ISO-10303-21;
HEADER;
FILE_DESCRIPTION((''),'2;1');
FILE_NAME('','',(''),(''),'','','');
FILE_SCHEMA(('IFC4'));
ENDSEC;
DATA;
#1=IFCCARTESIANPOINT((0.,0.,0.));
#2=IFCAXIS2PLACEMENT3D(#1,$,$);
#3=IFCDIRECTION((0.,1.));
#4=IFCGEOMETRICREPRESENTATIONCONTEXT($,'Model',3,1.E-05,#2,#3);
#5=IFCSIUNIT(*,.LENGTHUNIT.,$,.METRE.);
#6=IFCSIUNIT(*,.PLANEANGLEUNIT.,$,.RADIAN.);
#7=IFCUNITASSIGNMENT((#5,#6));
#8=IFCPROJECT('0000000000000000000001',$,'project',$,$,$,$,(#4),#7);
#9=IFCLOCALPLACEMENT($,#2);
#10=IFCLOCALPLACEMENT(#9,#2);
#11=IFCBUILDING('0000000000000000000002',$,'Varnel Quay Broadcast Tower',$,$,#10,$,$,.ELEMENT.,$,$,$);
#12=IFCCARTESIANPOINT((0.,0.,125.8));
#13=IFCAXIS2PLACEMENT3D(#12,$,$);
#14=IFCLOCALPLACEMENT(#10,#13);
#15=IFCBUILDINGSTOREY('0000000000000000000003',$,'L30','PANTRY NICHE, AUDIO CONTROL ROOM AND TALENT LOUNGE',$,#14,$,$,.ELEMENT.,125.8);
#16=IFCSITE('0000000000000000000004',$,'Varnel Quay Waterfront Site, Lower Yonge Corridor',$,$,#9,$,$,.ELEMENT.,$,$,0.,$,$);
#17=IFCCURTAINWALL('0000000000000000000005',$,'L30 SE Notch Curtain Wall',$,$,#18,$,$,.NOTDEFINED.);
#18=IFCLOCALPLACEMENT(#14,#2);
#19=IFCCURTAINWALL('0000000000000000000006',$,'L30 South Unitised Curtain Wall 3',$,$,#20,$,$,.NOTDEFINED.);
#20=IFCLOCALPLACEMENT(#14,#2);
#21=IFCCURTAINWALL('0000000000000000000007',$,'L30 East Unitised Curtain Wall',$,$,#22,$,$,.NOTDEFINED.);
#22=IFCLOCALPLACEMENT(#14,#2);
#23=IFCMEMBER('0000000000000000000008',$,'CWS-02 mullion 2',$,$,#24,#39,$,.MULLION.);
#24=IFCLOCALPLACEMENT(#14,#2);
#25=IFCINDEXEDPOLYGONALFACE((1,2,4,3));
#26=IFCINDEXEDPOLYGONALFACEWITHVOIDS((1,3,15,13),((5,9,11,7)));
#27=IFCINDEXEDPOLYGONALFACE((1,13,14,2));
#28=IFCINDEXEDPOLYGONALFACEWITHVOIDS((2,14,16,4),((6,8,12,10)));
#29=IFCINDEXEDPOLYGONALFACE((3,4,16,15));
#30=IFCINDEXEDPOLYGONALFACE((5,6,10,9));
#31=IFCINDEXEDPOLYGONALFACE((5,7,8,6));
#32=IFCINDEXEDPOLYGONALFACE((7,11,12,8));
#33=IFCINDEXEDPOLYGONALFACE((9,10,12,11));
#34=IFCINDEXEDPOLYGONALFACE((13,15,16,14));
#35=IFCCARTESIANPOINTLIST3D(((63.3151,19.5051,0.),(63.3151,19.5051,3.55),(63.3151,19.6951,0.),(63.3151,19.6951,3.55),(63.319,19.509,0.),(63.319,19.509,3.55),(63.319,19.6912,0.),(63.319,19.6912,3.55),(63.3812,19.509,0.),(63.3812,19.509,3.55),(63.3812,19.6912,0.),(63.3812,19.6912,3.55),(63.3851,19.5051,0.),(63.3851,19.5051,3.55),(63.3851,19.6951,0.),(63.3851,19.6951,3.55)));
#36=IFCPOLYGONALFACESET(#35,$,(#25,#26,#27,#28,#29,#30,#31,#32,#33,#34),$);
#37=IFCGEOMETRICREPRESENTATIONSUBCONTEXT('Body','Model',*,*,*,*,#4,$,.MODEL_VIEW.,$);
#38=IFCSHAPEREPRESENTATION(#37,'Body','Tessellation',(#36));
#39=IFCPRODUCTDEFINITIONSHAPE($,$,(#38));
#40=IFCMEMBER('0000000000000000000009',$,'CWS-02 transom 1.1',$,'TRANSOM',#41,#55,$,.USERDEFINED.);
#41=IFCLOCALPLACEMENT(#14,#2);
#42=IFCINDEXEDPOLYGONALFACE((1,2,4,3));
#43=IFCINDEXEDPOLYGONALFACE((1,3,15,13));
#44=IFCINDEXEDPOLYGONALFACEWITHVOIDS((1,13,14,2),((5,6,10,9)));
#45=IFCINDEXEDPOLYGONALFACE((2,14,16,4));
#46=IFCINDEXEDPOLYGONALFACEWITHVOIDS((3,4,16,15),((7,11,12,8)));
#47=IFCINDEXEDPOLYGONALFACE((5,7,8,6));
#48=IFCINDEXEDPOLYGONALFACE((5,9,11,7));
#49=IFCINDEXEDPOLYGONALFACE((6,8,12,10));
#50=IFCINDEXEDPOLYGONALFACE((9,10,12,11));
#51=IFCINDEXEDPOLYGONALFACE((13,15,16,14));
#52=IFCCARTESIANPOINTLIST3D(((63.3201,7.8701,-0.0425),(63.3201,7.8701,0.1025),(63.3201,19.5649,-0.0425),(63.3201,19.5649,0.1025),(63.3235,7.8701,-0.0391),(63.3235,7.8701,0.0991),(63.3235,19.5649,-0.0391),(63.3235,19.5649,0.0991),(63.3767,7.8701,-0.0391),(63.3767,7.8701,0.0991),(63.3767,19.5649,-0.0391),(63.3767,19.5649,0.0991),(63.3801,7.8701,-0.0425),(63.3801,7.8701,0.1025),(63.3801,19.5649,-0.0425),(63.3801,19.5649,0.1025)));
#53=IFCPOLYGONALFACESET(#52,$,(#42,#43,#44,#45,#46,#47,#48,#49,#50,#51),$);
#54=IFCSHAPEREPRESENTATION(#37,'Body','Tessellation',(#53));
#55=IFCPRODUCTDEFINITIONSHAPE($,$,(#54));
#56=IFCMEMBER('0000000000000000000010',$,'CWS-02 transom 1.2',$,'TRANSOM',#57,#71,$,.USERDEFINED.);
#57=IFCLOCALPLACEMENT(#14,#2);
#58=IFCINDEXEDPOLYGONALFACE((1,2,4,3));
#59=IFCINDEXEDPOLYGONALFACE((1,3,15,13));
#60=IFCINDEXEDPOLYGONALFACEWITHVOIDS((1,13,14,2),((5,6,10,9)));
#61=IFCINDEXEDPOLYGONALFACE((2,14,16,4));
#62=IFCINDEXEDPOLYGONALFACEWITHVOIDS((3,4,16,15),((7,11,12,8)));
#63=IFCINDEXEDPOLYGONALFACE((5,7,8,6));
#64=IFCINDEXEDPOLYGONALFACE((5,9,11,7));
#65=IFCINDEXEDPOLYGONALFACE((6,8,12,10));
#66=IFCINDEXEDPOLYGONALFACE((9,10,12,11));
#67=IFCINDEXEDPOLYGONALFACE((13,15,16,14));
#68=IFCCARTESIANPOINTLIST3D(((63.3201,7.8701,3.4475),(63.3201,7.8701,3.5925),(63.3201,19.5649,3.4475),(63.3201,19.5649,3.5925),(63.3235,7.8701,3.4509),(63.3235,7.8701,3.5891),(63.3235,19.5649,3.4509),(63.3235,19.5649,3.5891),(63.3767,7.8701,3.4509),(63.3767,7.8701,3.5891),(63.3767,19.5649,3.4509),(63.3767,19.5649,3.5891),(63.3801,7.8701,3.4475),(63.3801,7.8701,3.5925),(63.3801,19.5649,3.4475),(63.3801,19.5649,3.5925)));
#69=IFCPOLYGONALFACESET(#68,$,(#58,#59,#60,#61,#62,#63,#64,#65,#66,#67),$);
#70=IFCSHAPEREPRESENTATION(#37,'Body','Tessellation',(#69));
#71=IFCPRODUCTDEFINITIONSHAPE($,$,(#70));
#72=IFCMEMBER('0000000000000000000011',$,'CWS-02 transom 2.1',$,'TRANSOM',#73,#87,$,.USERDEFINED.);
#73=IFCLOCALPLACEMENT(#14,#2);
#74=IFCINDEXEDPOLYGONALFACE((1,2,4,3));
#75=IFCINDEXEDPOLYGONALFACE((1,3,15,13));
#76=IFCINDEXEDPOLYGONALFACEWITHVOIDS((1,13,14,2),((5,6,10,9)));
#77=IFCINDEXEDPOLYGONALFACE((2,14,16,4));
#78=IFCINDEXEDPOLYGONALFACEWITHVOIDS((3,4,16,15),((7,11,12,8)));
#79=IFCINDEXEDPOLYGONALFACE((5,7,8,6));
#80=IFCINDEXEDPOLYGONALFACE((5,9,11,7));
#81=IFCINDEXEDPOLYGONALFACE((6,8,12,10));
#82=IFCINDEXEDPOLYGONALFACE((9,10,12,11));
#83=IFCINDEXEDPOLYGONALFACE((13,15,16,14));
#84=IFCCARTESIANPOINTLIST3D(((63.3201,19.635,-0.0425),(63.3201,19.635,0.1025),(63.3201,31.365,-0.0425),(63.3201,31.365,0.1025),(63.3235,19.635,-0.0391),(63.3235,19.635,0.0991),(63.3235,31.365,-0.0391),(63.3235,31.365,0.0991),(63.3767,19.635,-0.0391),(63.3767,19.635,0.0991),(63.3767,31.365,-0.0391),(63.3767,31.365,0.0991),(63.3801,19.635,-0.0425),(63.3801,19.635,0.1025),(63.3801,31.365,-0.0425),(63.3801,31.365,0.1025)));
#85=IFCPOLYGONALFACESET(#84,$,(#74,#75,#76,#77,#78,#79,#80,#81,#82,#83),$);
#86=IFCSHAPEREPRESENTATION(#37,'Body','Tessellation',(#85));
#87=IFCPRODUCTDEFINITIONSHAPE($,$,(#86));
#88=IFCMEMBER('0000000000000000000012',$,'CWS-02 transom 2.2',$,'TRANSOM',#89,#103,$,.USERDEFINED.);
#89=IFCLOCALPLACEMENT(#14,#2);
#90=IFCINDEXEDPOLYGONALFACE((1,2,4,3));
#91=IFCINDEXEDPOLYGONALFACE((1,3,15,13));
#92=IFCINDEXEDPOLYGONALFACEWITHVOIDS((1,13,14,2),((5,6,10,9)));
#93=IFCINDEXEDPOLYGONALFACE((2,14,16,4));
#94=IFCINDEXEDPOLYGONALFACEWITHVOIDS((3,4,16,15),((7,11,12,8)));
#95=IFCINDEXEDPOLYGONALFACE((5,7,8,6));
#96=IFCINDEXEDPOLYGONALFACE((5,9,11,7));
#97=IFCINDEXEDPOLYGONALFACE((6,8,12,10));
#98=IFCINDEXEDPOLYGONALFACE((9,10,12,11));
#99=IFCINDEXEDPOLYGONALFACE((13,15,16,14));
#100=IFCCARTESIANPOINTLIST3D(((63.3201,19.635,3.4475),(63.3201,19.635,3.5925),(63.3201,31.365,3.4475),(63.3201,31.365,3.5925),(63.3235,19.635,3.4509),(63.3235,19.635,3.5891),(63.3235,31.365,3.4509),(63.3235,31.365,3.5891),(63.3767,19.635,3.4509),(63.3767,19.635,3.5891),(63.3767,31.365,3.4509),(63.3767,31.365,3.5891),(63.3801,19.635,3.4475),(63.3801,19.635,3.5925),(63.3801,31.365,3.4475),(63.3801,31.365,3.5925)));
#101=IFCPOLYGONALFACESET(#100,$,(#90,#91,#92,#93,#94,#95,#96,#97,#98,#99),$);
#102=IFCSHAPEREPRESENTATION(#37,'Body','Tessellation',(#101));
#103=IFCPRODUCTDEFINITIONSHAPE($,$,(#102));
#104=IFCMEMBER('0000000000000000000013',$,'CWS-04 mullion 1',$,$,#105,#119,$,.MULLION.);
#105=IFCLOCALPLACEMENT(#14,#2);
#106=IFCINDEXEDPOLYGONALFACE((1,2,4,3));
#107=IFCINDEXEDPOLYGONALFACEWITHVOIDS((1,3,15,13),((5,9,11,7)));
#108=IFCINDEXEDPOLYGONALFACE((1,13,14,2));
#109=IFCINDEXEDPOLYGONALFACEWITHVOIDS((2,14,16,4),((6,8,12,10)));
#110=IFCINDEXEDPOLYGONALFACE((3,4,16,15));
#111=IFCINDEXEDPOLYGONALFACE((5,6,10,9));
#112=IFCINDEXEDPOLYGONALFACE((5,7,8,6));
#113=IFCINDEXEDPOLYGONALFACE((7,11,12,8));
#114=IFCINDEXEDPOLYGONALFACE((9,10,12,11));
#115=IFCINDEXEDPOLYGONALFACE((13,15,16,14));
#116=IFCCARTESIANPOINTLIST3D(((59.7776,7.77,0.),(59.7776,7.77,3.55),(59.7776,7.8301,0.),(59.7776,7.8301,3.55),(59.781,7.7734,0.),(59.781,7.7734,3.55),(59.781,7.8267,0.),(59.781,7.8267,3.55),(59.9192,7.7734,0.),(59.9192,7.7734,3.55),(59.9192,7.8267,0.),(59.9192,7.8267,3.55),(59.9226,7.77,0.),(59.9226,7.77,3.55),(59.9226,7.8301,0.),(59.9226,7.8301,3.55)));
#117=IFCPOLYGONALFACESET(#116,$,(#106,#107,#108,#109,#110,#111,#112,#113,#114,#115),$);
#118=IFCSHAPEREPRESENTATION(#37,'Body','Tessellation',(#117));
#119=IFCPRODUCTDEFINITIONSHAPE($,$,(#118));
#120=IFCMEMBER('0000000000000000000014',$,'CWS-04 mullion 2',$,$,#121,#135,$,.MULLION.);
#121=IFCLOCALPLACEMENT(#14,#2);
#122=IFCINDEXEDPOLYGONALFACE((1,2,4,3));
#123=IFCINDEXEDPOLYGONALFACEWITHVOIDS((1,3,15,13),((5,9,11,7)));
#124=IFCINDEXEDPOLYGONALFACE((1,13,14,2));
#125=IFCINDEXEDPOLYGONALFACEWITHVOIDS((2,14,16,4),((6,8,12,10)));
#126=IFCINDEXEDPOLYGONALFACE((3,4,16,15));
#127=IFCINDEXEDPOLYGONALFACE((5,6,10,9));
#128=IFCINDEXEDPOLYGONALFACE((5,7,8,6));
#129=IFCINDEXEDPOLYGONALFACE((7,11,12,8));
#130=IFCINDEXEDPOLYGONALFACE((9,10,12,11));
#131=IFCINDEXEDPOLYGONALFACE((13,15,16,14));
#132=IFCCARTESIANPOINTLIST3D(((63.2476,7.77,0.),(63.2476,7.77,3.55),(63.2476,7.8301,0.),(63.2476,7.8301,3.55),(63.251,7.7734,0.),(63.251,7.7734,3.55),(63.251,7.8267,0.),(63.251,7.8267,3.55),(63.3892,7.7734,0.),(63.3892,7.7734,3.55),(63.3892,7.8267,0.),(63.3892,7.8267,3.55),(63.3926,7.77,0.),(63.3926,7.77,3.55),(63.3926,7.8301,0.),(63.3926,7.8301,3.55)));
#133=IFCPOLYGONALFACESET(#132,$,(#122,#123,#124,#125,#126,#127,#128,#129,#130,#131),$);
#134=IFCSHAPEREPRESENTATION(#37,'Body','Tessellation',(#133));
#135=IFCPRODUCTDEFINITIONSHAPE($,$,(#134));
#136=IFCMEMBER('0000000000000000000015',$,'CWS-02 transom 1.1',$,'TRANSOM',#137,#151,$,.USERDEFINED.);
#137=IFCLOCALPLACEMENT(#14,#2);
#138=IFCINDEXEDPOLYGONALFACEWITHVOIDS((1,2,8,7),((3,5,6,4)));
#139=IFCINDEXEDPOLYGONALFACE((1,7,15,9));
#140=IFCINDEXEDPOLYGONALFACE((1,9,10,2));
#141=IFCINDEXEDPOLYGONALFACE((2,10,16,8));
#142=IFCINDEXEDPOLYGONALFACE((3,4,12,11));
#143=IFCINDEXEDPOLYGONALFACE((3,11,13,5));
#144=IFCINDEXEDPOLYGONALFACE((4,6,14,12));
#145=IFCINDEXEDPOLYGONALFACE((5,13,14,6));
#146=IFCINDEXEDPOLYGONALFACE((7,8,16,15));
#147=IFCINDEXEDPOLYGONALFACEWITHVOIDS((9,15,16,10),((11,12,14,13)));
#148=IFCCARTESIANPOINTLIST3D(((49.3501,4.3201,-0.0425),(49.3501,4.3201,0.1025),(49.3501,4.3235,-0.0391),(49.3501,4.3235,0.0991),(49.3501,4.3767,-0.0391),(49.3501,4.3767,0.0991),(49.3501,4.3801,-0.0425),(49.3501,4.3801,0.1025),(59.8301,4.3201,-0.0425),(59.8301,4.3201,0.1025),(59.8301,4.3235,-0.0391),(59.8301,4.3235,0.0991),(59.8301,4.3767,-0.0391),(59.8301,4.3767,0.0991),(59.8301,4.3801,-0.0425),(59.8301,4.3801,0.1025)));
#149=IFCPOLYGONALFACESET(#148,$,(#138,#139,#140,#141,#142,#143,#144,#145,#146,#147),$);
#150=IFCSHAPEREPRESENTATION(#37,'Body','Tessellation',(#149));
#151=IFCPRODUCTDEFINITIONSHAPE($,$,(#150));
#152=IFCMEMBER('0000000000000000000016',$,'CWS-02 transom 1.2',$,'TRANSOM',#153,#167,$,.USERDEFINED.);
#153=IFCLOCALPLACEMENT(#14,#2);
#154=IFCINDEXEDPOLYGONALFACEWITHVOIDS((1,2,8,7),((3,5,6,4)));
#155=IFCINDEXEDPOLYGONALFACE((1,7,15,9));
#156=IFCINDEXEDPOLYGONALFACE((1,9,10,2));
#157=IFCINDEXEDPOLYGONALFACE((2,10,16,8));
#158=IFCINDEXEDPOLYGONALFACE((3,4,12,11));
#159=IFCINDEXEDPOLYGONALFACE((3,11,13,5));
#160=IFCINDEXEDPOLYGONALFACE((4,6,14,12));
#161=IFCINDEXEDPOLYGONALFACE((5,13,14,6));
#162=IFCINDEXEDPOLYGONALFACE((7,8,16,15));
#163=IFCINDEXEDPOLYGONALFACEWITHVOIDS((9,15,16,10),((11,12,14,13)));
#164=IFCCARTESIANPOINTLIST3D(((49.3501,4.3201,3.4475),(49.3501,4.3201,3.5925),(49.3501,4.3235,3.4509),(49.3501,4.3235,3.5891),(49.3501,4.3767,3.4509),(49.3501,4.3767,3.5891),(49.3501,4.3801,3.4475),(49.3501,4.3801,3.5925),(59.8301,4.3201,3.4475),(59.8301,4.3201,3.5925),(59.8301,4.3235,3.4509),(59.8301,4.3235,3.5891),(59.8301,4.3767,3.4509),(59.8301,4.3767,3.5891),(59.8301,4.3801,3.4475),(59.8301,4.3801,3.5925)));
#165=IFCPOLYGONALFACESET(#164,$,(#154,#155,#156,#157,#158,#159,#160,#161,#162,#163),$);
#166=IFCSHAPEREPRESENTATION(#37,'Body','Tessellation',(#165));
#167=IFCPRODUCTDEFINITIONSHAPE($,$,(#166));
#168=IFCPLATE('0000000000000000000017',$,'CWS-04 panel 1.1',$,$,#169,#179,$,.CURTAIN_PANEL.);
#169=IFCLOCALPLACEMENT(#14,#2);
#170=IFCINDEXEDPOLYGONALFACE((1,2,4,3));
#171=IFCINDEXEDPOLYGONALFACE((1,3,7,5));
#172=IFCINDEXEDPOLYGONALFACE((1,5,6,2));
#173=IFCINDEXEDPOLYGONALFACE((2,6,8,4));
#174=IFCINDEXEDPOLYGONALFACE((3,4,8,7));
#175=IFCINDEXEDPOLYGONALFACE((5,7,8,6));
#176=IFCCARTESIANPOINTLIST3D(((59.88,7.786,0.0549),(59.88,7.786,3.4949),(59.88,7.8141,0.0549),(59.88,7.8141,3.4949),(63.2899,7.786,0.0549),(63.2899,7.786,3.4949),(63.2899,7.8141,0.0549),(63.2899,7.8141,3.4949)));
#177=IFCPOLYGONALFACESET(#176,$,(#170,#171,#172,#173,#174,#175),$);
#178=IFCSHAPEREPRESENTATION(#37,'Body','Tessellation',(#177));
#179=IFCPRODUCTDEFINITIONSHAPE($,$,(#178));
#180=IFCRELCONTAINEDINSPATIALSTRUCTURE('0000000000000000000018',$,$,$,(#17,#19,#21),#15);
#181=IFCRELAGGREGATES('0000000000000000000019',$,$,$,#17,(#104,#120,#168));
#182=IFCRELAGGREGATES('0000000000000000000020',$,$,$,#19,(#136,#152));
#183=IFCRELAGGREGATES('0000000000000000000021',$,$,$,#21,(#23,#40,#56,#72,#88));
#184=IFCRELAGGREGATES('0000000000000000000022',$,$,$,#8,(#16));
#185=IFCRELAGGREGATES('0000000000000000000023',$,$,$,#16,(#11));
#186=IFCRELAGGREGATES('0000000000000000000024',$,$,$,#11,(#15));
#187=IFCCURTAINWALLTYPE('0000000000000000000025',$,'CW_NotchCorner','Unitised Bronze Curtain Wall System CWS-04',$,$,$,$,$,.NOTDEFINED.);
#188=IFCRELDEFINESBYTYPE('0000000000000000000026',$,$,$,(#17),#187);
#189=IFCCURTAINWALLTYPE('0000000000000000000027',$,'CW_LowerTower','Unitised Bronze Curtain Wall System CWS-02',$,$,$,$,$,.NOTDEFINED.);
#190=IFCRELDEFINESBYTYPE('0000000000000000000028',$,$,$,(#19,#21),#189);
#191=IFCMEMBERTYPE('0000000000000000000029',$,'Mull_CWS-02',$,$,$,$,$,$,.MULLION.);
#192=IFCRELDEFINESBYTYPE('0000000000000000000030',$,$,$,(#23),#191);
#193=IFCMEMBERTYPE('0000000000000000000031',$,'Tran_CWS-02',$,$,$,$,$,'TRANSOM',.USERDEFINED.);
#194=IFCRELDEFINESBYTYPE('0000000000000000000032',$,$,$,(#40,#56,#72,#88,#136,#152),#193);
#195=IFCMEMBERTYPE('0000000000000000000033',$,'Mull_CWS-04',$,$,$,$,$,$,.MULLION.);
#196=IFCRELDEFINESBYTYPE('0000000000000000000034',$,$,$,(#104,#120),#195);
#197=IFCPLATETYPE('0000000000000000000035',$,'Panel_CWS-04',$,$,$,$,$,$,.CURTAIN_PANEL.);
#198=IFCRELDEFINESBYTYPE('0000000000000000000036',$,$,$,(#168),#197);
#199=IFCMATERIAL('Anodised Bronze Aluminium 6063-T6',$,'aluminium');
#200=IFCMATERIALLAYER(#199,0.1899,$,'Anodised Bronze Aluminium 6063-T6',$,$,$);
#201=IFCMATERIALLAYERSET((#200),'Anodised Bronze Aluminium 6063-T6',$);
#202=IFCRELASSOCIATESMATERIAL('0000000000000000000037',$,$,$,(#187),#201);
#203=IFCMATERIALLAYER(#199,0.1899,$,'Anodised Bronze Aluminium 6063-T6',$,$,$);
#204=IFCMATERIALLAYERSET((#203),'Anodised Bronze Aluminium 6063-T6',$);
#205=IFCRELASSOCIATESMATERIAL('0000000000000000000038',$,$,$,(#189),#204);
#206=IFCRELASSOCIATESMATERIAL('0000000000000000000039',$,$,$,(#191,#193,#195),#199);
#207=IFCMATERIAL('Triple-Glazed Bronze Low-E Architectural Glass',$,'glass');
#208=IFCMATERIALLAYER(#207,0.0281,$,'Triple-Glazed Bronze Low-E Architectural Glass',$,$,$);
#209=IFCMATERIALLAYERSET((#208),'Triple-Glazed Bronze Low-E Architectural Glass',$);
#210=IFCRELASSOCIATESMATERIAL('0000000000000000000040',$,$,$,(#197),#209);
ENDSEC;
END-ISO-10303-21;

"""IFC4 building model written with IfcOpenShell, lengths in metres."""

from ifc_helpers import new_model, si_unit, direction, frame, origin, origin_2d, place, context, subcontext, project, spatial, rectangle, hollow_rectangle, extrude, source, transform, mapped, material, layer, layer_set, material_profile, profile_set, type_object, type_shapes, element, aggregate, save


model = new_model("IFC4")

# Units and contexts
model_context = context("Model", 3, precision=1e-05, world=origin(), true_north=direction((0.0, 1.0)))
body_context = subcontext(model_context, "Body", "Model", "MODEL_VIEW")
ifc_project = project(units=[si_unit("LENGTHUNIT", "METRE"), si_unit("PLANEANGLEUNIT", "RADIAN")], contexts=[model_context])

# Site, building, storey
site_placement = place(None, origin())
site = spatial("IfcSite", under=ifc_project, at=site_placement, Name="Varnel Quay Waterfront Site, Lower Yonge Corridor", CompositionType="ELEMENT", RefElevation=0.0)
building_placement = place(site_placement, origin())
building = spatial("IfcBuilding", under=site, at=building_placement, Name="Varnel Quay Broadcast Tower", CompositionType="ELEMENT")
storey_placement = place(building_placement, frame((0.0, 0.0, 125.8)))
storey = spatial("IfcBuildingStorey", under=building, at=storey_placement, Name="L30", Description="PANTRY NICHE, AUDIO CONTROL ROOM AND TALENT LOUNGE", CompositionType="ELEMENT", Elevation=125.8)

# Curtain walls, members
ifc_material_1 = material(Name="Anodised Bronze Aluminium 6063-T6", Category="aluminium")
ifc_layer_1 = layer(ifc_material_1, 0.1899, Name="Anodised Bronze Aluminium 6063-T6")
ifc_layer_set_1 = layer_set([ifc_layer_1], Name="Anodised Bronze Aluminium 6063-T6")
curtain_wall_type_1 = type_object("IfcCurtainWallType", Name="CW_NotchCorner", Description="Unitised Bronze Curtain Wall System CWS-04", PredefinedType="NOTDEFINED", material=ifc_layer_set_1)
curtain_wall_1_placement = place(storey_placement, origin())
curtain_wall_1 = element("IfcCurtainWall", 1, at=curtain_wall_1_placement, inside=storey, type_object=curtain_wall_type_1, Name="L30 SE Notch Curtain Wall", PredefinedType="NOTDEFINED")
ifc_layer_2 = layer(ifc_material_1, 0.1899, Name="Anodised Bronze Aluminium 6063-T6")
ifc_layer_set_2 = layer_set([ifc_layer_2], Name="Anodised Bronze Aluminium 6063-T6")
curtain_wall_type_2 = type_object("IfcCurtainWallType", Name="CW_LowerTower", Description="Unitised Bronze Curtain Wall System CWS-02", PredefinedType="NOTDEFINED", material=ifc_layer_set_2)
curtain_wall_2_placement = place(storey_placement, origin())
curtain_wall_2 = element("IfcCurtainWall", 2, at=curtain_wall_2_placement, inside=storey, type_object=curtain_wall_type_2, Name="L30 South Unitised Curtain Wall 3", PredefinedType="NOTDEFINED")
ifc_material_profile_1 = material_profile(ifc_material_1, hollow_rectangle(XDim=0.0701, YDim=0.1899, WallThickness=0.0039, at=origin_2d()), Name="ALU70X190X4")
ifc_profile_set_1 = profile_set([ifc_material_profile_1], Name="Anodised Bronze Aluminium 6063-T6")
member_type_1 = type_object("IfcMemberType", Name="Mull_CWS-02", PredefinedType="MULLION", material=ifc_profile_set_1)
shared_shape_1 = source(origin(), body_context, "Body", "SweptSolid", [
    extrude(hollow_rectangle(XDim=0.0701, YDim=0.1899, WallThickness=0.0039, at=origin_2d()), origin(), (0.0, 0.0, 1.0), 3.55),
])
type_shapes(member_type_1, [shared_shape_1])
curtain_wall_3_placement = place(storey_placement, origin())
curtain_wall_3 = element("IfcCurtainWall", 3, at=curtain_wall_3_placement, inside=storey, type_object=curtain_wall_type_2, Name="L30 East Unitised Curtain Wall", PredefinedType="NOTDEFINED")
member_1_placement = place(storey_placement, frame((63.3501, 19.6001, 0.0), z_axis=(0.0, 0.0, 1.0), x_axis=(-1.0, 0.0, 0.0)))
member_1 = element("IfcMember", 4, at=member_1_placement, type_object=member_type_1, Name="CWS-02 mullion 2", PredefinedType="MULLION", context=body_context, shape_type="MappedRepresentation", body=[
    mapped(shared_shape_1, transform((0.0, 0.0, 0.0), x_axis=(1.0, 0.0, 0.0), y_axis=(0.0, 1.0, 0.0), z_axis=(0.0, 0.0, 1.0), scale=1.0)),
])
ifc_material_profile_2 = material_profile(ifc_material_1, hollow_rectangle(XDim=0.0601, YDim=0.145, WallThickness=0.0034, at=origin_2d()), Name="ALU60X145X3.5")
ifc_profile_set_2 = profile_set([ifc_material_profile_2], Name="Anodised Bronze Aluminium 6063-T6")
member_type_2 = type_object("IfcMemberType", Name="Tran_CWS-02", ElementType="TRANSOM", PredefinedType="USERDEFINED", material=ifc_profile_set_2)
shared_shape_2 = source(origin(), body_context, "Body", "SweptSolid", [
    extrude(hollow_rectangle(XDim=0.0601, YDim=0.145, WallThickness=0.0034, at=origin_2d()), origin(), (0.0, 0.0, 1.0), 11.6948),
])
member_2_placement = place(storey_placement, frame((63.3501, 7.8701, 0.03), z_axis=(0.0, 1.0, 0.0), x_axis=(-1.0, 0.0, 0.0)))
member_2 = element("IfcMember", 5, at=member_2_placement, type_object=member_type_2, Name="CWS-02 transom 1.1", ObjectType="TRANSOM", PredefinedType="USERDEFINED", context=body_context, shape_type="MappedRepresentation", body=[
    mapped(shared_shape_2, transform((0.0, 0.0, 0.0), x_axis=(1.0, 0.0, 0.0), y_axis=(0.0, 1.0, 0.0), z_axis=(0.0, 0.0, 1.0), scale=1.0)),
])
member_3_placement = place(storey_placement, frame((63.3501, 7.8701, 3.52), z_axis=(0.0, 1.0, 0.0), x_axis=(-1.0, 0.0, 0.0)))
member_3 = element("IfcMember", 6, at=member_3_placement, type_object=member_type_2, Name="CWS-02 transom 1.2", ObjectType="TRANSOM", PredefinedType="USERDEFINED", context=body_context, shape_type="MappedRepresentation", body=[
    mapped(shared_shape_2, transform((0.0, 0.0, 0.0), x_axis=(1.0, 0.0, 0.0), y_axis=(0.0, 1.0, 0.0), z_axis=(0.0, 0.0, 1.0), scale=1.0)),
])
shared_shape_3 = source(origin(), body_context, "Body", "SweptSolid", [
    extrude(hollow_rectangle(XDim=0.0601, YDim=0.145, WallThickness=0.0034, at=origin_2d()), origin(), (0.0, 0.0, 1.0), 11.73),
])
member_4_placement = place(storey_placement, frame((63.3501, 19.635, 0.03), z_axis=(0.0, 1.0, 0.0), x_axis=(-1.0, 0.0, 0.0)))
member_4 = element("IfcMember", 7, at=member_4_placement, type_object=member_type_2, Name="CWS-02 transom 2.1", ObjectType="TRANSOM", PredefinedType="USERDEFINED", context=body_context, shape_type="MappedRepresentation", body=[
    mapped(shared_shape_3, transform((0.0, 0.0, 0.0), x_axis=(1.0, 0.0, 0.0), y_axis=(0.0, 1.0, 0.0), z_axis=(0.0, 0.0, 1.0), scale=1.0)),
])
member_5_placement = place(storey_placement, frame((63.3501, 19.635, 3.52), z_axis=(0.0, 1.0, 0.0), x_axis=(-1.0, 0.0, 0.0)))
member_5 = element("IfcMember", 8, at=member_5_placement, type_object=member_type_2, Name="CWS-02 transom 2.2", ObjectType="TRANSOM", PredefinedType="USERDEFINED", context=body_context, shape_type="MappedRepresentation", body=[
    mapped(shared_shape_3, transform((0.0, 0.0, 0.0), x_axis=(1.0, 0.0, 0.0), y_axis=(0.0, 1.0, 0.0), z_axis=(0.0, 0.0, 1.0), scale=1.0)),
])

# Members
ifc_material_profile_3 = material_profile(ifc_material_1, hollow_rectangle(XDim=0.0601, YDim=0.145, WallThickness=0.0034, at=origin_2d()), Name="ALU60X145X3.5")
ifc_profile_set_3 = profile_set([ifc_material_profile_3], Name="Anodised Bronze Aluminium 6063-T6")
member_type_3 = type_object("IfcMemberType", Name="Mull_CWS-04", PredefinedType="MULLION", material=ifc_profile_set_3)
shared_shape_4 = source(origin(), body_context, "Body", "SweptSolid", [
    extrude(hollow_rectangle(XDim=0.0601, YDim=0.145, WallThickness=0.0034, at=origin_2d()), origin(), (0.0, 0.0, 1.0), 3.55),
])
type_shapes(member_type_3, [shared_shape_4])
member_6_placement = place(storey_placement, frame((59.8501, 7.8, 0.0), z_axis=(0.0, 0.0, 1.0), x_axis=(0.0, 1.0, 0.0)))
member_6 = element("IfcMember", 9, at=member_6_placement, type_object=member_type_3, Name="CWS-04 mullion 1", PredefinedType="MULLION", context=body_context, shape_type="MappedRepresentation", body=[
    mapped(shared_shape_4, transform((0.0, 0.0, 0.0), x_axis=(1.0, 0.0, 0.0), y_axis=(0.0, 1.0, 0.0), z_axis=(0.0, 0.0, 1.0), scale=1.0)),
])
member_7_placement = place(storey_placement, frame((63.3201, 7.8, 0.0), z_axis=(0.0, 0.0, 1.0), x_axis=(0.0, 1.0, 0.0)))
member_7 = element("IfcMember", 10, at=member_7_placement, type_object=member_type_3, Name="CWS-04 mullion 2", PredefinedType="MULLION", context=body_context, shape_type="MappedRepresentation", body=[
    mapped(shared_shape_4, transform((0.0, 0.0, 0.0), x_axis=(1.0, 0.0, 0.0), y_axis=(0.0, 1.0, 0.0), z_axis=(0.0, 0.0, 1.0), scale=1.0)),
])
shared_shape_5 = source(origin(), body_context, "Body", "SweptSolid", [
    extrude(hollow_rectangle(XDim=0.0601, YDim=0.145, WallThickness=0.0034, at=origin_2d()), origin(), (0.0, 0.0, 1.0), 10.48),
])
type_shapes(member_type_2, [shared_shape_2, shared_shape_3, shared_shape_5])
member_8_placement = place(storey_placement, frame((49.3501, 4.3501, 0.03), z_axis=(1.0, 0.0, 0.0), x_axis=(0.0, 1.0, 0.0)))
member_8 = element("IfcMember", 11, at=member_8_placement, type_object=member_type_2, Name="CWS-02 transom 1.1", ObjectType="TRANSOM", PredefinedType="USERDEFINED", context=body_context, shape_type="MappedRepresentation", body=[
    mapped(shared_shape_5, transform((0.0, 0.0, 0.0), x_axis=(1.0, 0.0, 0.0), y_axis=(0.0, 1.0, 0.0), z_axis=(0.0, 0.0, 1.0), scale=1.0)),
])
member_9_placement = place(storey_placement, frame((49.3501, 4.3501, 3.52), z_axis=(1.0, 0.0, 0.0), x_axis=(0.0, 1.0, 0.0)))
member_9 = element("IfcMember", 12, at=member_9_placement, type_object=member_type_2, Name="CWS-02 transom 1.2", ObjectType="TRANSOM", PredefinedType="USERDEFINED", context=body_context, shape_type="MappedRepresentation", body=[
    mapped(shared_shape_5, transform((0.0, 0.0, 0.0), x_axis=(1.0, 0.0, 0.0), y_axis=(0.0, 1.0, 0.0), z_axis=(0.0, 0.0, 1.0), scale=1.0)),
])

# Plate
ifc_material_2 = material(Name="Triple-Glazed Bronze Low-E Architectural Glass", Category="glass")
ifc_layer_3 = layer(ifc_material_2, 0.0281, Name="Triple-Glazed Bronze Low-E Architectural Glass")
ifc_layer_set_3 = layer_set([ifc_layer_3], Name="Triple-Glazed Bronze Low-E Architectural Glass")
plate_type_1 = type_object("IfcPlateType", Name="Panel_CWS-04", PredefinedType="CURTAIN_PANEL", material=ifc_layer_set_3)
shared_shape_6 = source(origin(), body_context, "Body", "SweptSolid", [
    extrude(rectangle(XDim=3.4099, YDim=0.0281, at=origin_2d()), origin(), (0.0, 0.0, 1.0), 3.4399),
])
type_shapes(plate_type_1, [shared_shape_6])
plate_1_placement = place(storey_placement, frame((61.585, 7.8, 0.0549), z_axis=(0.0, 0.0, 1.0), x_axis=(1.0, 0.0, 0.0)))
plate_1 = element("IfcPlate", 13, at=plate_1_placement, type_object=plate_type_1, Name="CWS-04 panel 1.1", PredefinedType="CURTAIN_PANEL", context=body_context, shape_type="MappedRepresentation", body=[
    mapped(shared_shape_6, transform((0.0, 0.0, 0.0), x_axis=(1.0, 0.0, 0.0), y_axis=(0.0, 1.0, 0.0), z_axis=(0.0, 0.0, 1.0), scale=1.0)),
])
aggregate(curtain_wall_1, [member_6, member_7, plate_1])
aggregate(curtain_wall_2, [member_8, member_9])
aggregate(curtain_wall_3, [member_1, member_2, member_3, member_4, member_5])

save(model, "model.ifc")
